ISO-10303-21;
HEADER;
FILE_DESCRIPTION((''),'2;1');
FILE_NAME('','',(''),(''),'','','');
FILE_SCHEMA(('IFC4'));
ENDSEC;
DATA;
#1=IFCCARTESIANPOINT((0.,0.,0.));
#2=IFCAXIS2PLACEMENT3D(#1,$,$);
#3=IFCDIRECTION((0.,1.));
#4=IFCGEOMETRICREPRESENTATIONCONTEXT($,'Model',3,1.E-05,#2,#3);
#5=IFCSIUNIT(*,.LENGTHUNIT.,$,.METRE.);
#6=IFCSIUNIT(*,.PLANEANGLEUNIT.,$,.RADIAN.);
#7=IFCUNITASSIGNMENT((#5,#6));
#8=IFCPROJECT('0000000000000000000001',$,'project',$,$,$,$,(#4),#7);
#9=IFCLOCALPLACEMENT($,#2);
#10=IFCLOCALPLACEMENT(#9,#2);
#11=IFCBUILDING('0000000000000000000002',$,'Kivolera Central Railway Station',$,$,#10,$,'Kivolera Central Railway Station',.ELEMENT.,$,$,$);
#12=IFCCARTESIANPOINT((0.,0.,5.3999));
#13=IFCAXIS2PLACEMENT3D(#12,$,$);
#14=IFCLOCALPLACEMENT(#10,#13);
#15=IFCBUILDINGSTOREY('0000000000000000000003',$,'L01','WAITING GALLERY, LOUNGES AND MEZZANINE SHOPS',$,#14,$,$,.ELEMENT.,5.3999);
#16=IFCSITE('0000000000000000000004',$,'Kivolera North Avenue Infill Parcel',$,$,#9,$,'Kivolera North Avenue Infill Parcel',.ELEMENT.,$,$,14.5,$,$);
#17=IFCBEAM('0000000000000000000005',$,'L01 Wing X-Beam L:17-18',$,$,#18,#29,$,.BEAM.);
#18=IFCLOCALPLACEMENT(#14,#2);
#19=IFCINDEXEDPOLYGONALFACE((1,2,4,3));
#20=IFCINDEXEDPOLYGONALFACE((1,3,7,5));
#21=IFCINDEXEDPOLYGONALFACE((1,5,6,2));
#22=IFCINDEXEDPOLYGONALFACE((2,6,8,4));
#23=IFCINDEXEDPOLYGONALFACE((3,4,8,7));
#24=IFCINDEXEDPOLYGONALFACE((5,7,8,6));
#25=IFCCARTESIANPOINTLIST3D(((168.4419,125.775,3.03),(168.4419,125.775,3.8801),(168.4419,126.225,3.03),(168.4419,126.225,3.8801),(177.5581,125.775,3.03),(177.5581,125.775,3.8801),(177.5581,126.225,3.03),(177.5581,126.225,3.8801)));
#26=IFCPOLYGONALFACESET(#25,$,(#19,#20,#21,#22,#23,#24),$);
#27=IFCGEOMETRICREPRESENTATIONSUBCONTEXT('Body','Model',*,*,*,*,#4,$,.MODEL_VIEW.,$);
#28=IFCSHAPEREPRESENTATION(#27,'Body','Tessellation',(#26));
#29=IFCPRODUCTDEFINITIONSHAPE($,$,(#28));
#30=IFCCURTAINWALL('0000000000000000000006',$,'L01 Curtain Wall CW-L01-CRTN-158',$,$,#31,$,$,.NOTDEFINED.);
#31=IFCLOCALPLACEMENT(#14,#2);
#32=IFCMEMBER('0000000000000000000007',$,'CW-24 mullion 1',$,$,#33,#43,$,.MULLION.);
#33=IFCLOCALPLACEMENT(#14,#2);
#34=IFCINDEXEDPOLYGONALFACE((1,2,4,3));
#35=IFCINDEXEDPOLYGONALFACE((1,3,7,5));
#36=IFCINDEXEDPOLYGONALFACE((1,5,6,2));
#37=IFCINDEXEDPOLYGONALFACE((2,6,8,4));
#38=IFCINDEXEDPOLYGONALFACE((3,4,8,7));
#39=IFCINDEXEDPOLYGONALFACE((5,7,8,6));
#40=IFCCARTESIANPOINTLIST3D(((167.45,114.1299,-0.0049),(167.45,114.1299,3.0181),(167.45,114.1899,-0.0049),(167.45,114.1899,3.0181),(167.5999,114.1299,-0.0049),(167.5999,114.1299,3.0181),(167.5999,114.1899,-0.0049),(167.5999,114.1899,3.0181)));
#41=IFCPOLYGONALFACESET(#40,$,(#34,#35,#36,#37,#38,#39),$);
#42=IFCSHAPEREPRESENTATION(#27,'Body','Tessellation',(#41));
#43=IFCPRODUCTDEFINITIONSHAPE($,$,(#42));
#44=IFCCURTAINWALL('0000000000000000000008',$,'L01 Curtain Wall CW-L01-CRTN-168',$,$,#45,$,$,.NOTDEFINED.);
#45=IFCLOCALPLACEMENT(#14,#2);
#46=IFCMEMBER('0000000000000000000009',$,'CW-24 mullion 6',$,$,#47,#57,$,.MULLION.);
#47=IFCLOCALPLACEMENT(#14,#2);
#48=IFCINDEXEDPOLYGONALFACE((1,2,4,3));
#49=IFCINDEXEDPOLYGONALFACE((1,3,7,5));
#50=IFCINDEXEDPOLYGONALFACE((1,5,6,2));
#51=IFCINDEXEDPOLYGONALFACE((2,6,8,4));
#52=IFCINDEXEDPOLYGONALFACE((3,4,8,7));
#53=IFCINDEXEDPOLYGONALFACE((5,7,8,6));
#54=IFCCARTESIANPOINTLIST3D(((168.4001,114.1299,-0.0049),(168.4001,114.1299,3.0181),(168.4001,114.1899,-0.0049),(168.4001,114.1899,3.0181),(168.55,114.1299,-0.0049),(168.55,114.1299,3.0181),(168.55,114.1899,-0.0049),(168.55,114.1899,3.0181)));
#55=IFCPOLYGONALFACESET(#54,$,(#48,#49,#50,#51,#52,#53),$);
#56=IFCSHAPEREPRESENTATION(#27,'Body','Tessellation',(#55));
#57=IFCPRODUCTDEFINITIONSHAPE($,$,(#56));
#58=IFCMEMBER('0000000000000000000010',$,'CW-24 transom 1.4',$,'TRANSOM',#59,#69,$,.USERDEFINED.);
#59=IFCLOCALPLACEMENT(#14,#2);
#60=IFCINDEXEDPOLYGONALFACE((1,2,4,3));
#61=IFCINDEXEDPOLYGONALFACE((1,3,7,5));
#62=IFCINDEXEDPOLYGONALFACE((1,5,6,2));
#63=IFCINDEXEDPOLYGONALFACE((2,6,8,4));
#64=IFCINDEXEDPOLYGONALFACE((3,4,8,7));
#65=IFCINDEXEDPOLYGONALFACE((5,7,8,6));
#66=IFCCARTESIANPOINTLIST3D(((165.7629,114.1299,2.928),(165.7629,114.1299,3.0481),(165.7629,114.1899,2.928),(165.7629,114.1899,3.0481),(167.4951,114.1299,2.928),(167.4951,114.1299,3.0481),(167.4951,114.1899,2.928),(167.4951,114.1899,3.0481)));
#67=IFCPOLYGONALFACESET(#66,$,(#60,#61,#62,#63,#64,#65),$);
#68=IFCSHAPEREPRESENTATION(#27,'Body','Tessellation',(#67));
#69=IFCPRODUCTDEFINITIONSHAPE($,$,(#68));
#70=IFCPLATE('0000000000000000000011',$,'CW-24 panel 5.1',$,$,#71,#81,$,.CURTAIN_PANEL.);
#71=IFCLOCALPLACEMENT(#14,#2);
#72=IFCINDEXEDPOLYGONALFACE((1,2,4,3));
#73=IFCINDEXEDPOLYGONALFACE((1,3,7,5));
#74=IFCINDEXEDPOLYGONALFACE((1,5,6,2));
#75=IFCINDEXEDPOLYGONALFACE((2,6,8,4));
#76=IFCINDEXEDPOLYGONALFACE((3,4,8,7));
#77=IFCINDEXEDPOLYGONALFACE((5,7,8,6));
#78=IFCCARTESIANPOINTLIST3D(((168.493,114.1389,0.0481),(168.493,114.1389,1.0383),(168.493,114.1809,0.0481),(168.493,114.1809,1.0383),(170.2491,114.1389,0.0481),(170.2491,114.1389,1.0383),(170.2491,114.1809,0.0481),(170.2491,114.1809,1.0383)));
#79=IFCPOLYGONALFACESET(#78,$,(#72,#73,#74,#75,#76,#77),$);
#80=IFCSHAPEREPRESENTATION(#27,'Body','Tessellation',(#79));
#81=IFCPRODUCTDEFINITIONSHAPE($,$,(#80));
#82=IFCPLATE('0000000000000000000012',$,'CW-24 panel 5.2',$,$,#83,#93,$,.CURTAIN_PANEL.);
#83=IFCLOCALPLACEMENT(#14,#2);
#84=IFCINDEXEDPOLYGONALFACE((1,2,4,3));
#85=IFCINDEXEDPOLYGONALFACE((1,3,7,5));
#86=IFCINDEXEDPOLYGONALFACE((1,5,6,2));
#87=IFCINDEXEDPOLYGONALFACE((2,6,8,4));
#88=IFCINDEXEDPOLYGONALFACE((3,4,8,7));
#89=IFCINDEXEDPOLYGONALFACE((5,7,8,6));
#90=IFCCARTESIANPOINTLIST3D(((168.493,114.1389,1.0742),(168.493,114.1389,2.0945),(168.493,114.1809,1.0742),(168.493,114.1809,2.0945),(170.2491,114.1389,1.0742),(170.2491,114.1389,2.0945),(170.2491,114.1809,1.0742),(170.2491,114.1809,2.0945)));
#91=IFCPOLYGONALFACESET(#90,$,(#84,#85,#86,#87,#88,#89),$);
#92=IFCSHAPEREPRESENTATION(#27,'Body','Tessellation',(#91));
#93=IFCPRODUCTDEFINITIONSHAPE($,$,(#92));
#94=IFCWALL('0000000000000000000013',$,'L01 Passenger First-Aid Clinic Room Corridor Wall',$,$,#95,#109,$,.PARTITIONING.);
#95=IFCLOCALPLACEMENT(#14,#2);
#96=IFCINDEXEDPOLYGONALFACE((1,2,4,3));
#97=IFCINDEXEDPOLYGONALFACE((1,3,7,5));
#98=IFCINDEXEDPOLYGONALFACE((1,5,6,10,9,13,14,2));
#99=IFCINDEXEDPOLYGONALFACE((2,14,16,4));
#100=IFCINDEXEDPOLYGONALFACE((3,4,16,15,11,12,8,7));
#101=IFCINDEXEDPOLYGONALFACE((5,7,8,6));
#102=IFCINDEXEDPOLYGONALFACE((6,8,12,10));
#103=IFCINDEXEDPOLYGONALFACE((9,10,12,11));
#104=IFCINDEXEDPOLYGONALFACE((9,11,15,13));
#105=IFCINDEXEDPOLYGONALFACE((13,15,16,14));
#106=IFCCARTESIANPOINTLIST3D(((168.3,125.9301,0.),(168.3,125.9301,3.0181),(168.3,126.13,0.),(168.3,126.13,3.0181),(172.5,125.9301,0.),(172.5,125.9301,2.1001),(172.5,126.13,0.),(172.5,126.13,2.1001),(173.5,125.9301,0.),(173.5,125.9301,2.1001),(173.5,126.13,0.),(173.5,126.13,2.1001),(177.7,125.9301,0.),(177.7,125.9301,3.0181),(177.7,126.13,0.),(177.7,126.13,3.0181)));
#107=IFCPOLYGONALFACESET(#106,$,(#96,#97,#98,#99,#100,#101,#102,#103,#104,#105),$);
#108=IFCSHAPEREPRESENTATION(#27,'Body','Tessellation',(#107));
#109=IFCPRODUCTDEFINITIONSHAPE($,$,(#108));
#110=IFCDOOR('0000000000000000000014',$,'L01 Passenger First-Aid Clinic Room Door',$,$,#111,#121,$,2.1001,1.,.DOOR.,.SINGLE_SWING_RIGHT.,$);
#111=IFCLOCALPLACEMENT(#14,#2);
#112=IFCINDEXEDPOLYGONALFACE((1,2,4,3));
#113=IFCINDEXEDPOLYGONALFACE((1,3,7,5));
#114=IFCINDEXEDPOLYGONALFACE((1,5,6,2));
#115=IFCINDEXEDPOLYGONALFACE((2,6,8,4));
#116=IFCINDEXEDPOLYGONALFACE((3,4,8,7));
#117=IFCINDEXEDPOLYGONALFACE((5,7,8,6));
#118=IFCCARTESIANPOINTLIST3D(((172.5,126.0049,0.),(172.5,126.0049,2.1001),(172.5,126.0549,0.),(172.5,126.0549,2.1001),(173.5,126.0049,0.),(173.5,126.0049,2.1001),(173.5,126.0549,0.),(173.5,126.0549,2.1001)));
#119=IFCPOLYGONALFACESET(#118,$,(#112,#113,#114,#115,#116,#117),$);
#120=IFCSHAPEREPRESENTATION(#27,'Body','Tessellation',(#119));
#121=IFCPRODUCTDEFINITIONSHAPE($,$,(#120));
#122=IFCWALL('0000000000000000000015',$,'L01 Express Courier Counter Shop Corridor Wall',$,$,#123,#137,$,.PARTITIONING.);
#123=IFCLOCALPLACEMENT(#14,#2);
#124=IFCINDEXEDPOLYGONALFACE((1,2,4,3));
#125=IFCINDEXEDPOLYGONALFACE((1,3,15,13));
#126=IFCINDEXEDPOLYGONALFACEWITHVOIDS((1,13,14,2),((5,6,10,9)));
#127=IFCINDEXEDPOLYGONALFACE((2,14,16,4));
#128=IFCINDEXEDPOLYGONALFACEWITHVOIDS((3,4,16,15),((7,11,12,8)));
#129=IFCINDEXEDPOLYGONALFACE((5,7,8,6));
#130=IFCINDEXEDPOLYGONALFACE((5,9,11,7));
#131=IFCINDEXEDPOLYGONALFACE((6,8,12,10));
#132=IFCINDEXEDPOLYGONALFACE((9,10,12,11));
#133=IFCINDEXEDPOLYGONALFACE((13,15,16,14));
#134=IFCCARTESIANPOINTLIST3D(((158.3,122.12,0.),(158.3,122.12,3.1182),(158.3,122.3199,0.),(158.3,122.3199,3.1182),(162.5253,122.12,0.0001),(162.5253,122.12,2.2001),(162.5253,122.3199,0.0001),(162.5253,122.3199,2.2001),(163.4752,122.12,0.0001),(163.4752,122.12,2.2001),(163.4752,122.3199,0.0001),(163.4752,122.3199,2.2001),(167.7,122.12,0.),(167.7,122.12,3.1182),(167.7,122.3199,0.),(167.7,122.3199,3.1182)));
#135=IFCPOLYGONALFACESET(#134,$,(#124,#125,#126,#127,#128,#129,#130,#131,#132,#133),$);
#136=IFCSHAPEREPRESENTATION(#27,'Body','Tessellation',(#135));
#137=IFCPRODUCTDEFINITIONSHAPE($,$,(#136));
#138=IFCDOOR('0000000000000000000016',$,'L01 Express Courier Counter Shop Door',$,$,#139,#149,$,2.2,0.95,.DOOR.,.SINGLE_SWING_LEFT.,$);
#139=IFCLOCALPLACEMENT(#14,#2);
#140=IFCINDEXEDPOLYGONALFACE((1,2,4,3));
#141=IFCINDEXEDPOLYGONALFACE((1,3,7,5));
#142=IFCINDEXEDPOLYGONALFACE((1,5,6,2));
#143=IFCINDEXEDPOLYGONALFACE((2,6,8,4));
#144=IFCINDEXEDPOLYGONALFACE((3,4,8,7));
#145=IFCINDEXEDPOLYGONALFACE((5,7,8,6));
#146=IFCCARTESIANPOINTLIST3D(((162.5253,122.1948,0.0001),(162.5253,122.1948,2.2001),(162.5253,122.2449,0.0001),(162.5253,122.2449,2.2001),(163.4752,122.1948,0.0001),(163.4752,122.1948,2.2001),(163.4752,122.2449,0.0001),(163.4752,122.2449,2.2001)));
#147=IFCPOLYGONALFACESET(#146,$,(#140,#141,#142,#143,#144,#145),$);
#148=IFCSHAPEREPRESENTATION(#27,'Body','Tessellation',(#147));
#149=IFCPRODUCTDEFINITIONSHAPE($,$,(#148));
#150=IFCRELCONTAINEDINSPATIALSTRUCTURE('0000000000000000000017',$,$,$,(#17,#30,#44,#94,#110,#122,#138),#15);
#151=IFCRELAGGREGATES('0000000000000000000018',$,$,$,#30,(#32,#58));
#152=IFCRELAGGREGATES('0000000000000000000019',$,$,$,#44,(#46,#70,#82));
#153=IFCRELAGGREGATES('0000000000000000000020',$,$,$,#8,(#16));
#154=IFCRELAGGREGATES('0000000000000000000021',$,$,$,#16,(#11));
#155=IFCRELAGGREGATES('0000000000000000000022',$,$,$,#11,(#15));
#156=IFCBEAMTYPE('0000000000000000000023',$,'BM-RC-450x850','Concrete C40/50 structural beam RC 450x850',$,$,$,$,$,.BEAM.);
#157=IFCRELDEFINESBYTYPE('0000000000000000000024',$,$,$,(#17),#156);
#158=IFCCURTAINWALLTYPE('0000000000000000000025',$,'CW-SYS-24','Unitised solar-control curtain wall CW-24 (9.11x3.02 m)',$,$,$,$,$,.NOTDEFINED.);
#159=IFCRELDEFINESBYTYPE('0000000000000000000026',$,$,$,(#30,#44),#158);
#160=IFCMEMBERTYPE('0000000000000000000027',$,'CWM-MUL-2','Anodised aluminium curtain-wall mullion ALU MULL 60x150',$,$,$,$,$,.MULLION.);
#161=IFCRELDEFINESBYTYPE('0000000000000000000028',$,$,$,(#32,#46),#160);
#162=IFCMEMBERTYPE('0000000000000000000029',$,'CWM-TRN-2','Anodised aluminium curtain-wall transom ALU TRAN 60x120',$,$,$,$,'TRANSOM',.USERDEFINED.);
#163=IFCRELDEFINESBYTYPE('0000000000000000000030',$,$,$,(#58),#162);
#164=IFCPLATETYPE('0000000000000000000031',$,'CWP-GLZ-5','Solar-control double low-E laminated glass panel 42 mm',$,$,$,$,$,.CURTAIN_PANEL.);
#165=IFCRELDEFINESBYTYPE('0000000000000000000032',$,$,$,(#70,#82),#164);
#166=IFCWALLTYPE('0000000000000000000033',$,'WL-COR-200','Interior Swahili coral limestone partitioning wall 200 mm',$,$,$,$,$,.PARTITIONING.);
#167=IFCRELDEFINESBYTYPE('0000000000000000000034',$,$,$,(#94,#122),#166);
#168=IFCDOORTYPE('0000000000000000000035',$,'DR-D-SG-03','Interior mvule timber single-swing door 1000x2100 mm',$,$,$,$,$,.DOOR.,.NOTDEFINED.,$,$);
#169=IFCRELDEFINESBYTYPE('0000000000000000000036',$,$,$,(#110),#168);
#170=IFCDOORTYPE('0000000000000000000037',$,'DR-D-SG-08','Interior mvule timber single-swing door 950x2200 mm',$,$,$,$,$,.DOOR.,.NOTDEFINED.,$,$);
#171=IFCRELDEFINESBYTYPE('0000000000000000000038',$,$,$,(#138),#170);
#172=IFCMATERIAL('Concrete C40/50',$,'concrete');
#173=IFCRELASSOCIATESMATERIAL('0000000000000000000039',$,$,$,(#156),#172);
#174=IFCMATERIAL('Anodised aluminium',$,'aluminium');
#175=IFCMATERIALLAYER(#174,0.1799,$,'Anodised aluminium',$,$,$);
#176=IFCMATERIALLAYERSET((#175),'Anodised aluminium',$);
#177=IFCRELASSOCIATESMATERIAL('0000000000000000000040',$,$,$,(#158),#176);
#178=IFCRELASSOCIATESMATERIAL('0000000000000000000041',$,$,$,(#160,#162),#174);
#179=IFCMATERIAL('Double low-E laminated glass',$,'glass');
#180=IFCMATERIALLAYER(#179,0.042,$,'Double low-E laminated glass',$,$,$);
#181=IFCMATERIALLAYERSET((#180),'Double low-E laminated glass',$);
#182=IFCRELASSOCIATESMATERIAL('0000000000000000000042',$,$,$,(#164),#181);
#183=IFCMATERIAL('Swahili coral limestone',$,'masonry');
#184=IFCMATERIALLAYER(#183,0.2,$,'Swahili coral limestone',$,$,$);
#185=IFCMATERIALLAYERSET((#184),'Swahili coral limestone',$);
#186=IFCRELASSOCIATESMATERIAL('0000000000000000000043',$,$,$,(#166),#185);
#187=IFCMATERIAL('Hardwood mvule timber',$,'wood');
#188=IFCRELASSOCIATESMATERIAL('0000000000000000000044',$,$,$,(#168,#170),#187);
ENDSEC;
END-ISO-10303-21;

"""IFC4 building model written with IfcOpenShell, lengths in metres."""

from ifc_helpers import new_model, si_unit, direction, frame, frame_2d, origin, origin_2d, place, context, subcontext, project, spatial, rectangle, extrude, material, layer, layer_set, material_profile, profile_set, type_object, element, fill, aggregate, save


model = new_model("IFC4")

# Units and contexts
model_context = context("Model", 3, precision=1e-05, world=origin(), true_north=direction((0.0, 1.0)))
body_context = subcontext(model_context, "Body", "Model", "MODEL_VIEW")
ifc_project = project(units=[si_unit("LENGTHUNIT", "METRE"), si_unit("PLANEANGLEUNIT", "RADIAN")], contexts=[model_context])

# Site, building, storey
site_placement = place(None, origin())
site = spatial("IfcSite", under=ifc_project, at=site_placement, Name="Kivolera North Avenue Infill Parcel", LongName="Kivolera North Avenue Infill Parcel", CompositionType="ELEMENT", RefElevation=14.5)
building_placement = place(site_placement, origin())
building = spatial("IfcBuilding", under=site, at=building_placement, Name="Kivolera Central Railway Station", LongName="Kivolera Central Railway Station", CompositionType="ELEMENT")
storey_placement = place(building_placement, frame((0.0, 0.0, 5.3999)))
storey = spatial("IfcBuildingStorey", under=building, at=storey_placement, Name="L01", Description="WAITING GALLERY, LOUNGES AND MEZZANINE SHOPS", CompositionType="ELEMENT", Elevation=5.3999)

# Shared definitions
ifc_material_1 = material(Name="Concrete C40/50", Category="concrete")

# Beam
ifc_material_profile_1 = material_profile(ifc_material_1, rectangle(XDim=0.45, YDim=0.8501, at=origin_2d()), Name="RC 450x850")
ifc_profile_set_1 = profile_set([ifc_material_profile_1], Name="Concrete C40/50")
beam_type_1 = type_object("IfcBeamType", Name="BM-RC-450x850", Description="Concrete C40/50 structural beam RC 450x850", PredefinedType="BEAM", material=ifc_profile_set_1)
for number, where, z_axis, x_axis, name in (
    (1, (168.4419, 126.0, 3.4551), (1.0, 0.0, 0.0), (0.0, 1.0, 0.0), "L01 Wing X-Beam L:17-18"),
):
    element("IfcBeam", number, at=place(storey_placement, frame(where, z_axis=z_axis, x_axis=x_axis)), inside=storey, type_object=beam_type_1, Name=name, PredefinedType="BEAM", context=body_context, shape_type="SweptSolid", body=[
        extrude(rectangle(XDim=0.45, YDim=0.8501, at=origin_2d()), origin(), (0.0, 0.0, 1.0), 9.1162),
    ])

# Curtain walls, members
ifc_material_2 = material(Name="Anodised aluminium", Category="aluminium")
ifc_layer_1 = layer(ifc_material_2, 0.1799, Name="Anodised aluminium")
ifc_layer_set_1 = layer_set([ifc_layer_1], Name="Anodised aluminium")
curtain_wall_type = type_object("IfcCurtainWallType", Name="CW-SYS-24", Description="Unitised solar-control curtain wall CW-24 (9.11x3.02 m)", PredefinedType="NOTDEFINED", material=ifc_layer_set_1)
curtain_wall_1_placement = place(storey_placement, origin())
curtain_wall_1 = element("IfcCurtainWall", 2, at=curtain_wall_1_placement, inside=storey, type_object=curtain_wall_type, Name="L01 Curtain Wall CW-L01-CRTN-158", PredefinedType="NOTDEFINED")
ifc_material_profile_2 = material_profile(ifc_material_2, rectangle(XDim=0.0601, YDim=0.1499, at=origin_2d()), Name="ALU MULL 60x150")
ifc_profile_set_2 = profile_set([ifc_material_profile_2], Name="Anodised aluminium")
member_type_1 = type_object("IfcMemberType", Name="CWM-MUL-2", Description="Anodised aluminium curtain-wall mullion ALU MULL 60x150", PredefinedType="MULLION", material=ifc_profile_set_2)
member_1_placement = place(storey_placement, frame((167.5249, 114.1599, -0.0049), z_axis=(0.0, 0.0, 1.0), x_axis=(0.0, -1.0, 0.0)))
member_1 = element("IfcMember", 3, at=member_1_placement, type_object=member_type_1, Name="CW-24 mullion 1", PredefinedType="MULLION", context=body_context, shape_type="SweptSolid", body=[
    extrude(rectangle(XDim=0.0601, YDim=0.1499, at=origin_2d()), origin(), (0.0, 0.0, 1.0), 3.0229),
])
curtain_wall_2_placement = place(storey_placement, origin())
curtain_wall_2 = element("IfcCurtainWall", 4, at=curtain_wall_2_placement, inside=storey, type_object=curtain_wall_type, Name="L01 Curtain Wall CW-L01-CRTN-168", PredefinedType="NOTDEFINED")
member_2_placement = place(storey_placement, frame((168.4751, 114.1599, -0.0049), z_axis=(0.0, 0.0, 1.0), x_axis=(0.0, -1.0, 0.0)))
member_2 = element("IfcMember", 5, at=member_2_placement, type_object=member_type_1, Name="CW-24 mullion 6", PredefinedType="MULLION", context=body_context, shape_type="SweptSolid", body=[
    extrude(rectangle(XDim=0.0601, YDim=0.1499, at=origin_2d()), origin(), (0.0, 0.0, 1.0), 3.0229),
])

# Member
ifc_material_profile_3 = material_profile(ifc_material_2, rectangle(XDim=0.0601, YDim=0.1201, at=origin_2d()), Name="ALU TRAN 60x120")
ifc_profile_set_3 = profile_set([ifc_material_profile_3], Name="Anodised aluminium")
member_type_2 = type_object("IfcMemberType", Name="CWM-TRN-2", Description="Anodised aluminium curtain-wall transom ALU TRAN 60x120", ElementType="TRANSOM", PredefinedType="USERDEFINED", material=ifc_profile_set_3)
member_3_placement = place(storey_placement, frame((167.4951, 114.1599, 2.988), z_axis=(-1.0, 0.0, 0.0), x_axis=(0.0, -1.0, 0.0)))
member_3 = element("IfcMember", 6, at=member_3_placement, type_object=member_type_2, Name="CW-24 transom 1.4", ObjectType="TRANSOM", PredefinedType="USERDEFINED", context=body_context, shape_type="SweptSolid", body=[
    extrude(rectangle(XDim=0.0601, YDim=0.1201, at=origin_2d()), origin(), (0.0, 0.0, 1.0), 1.7322),
])
aggregate(curtain_wall_1, [member_1, member_3])

# Plates
ifc_material_3 = material(Name="Double low-E laminated glass", Category="glass")
ifc_layer_2 = layer(ifc_material_3, 0.042, Name="Double low-E laminated glass")
ifc_layer_set_2 = layer_set([ifc_layer_2], Name="Double low-E laminated glass")
plate_type = type_object("IfcPlateType", Name="CWP-GLZ-5", Description="Solar-control double low-E laminated glass panel 42 mm", PredefinedType="CURTAIN_PANEL", material=ifc_layer_set_2)
plate_1_placement = place(storey_placement, frame((169.3711, 114.1599, 0.0481), z_axis=(0.0, 0.0, 1.0), x_axis=(-1.0, 0.0, 0.0)))
plate_1 = element("IfcPlate", 7, at=plate_1_placement, type_object=plate_type, Name="CW-24 panel 5.1", PredefinedType="CURTAIN_PANEL", context=body_context, shape_type="SweptSolid", body=[
    extrude(rectangle(XDim=1.7561, YDim=0.042, at=origin_2d()), origin(), (0.0, 0.0, 1.0), 0.9902),
])
plate_2_placement = place(storey_placement, frame((169.3711, 114.1599, 1.0742), z_axis=(0.0, 0.0, 1.0), x_axis=(-1.0, 0.0, 0.0)))
plate_2 = element("IfcPlate", 8, at=plate_2_placement, type_object=plate_type, Name="CW-24 panel 5.2", PredefinedType="CURTAIN_PANEL", context=body_context, shape_type="SweptSolid", body=[
    extrude(rectangle(XDim=1.7561, YDim=0.042, at=origin_2d()), origin(), (0.0, 0.0, 1.0), 1.0203),
])
aggregate(curtain_wall_2, [member_2, plate_1, plate_2])

# Walls, openings, doors
ifc_material_4 = material(Name="Swahili coral limestone", Category="masonry")
ifc_layer_3 = layer(ifc_material_4, 0.2, Name="Swahili coral limestone")
ifc_layer_set_3 = layer_set([ifc_layer_3], Name="Swahili coral limestone")
wall_type_1 = type_object("IfcWallType", Name="WL-COR-200", Description="Interior Swahili coral limestone partitioning wall 200 mm", PredefinedType="PARTITIONING", material=ifc_layer_set_3)
wall_1_placement = place(storey_placement, frame((168.3, 126.03, 0.0), z_axis=(0.0, 0.0, 1.0), x_axis=(1.0, 0.0, 0.0)))
wall_1 = element("IfcWall", 9, at=wall_1_placement, inside=storey, type_object=wall_type_1, Name="L01 Passenger First-Aid Clinic Room Corridor Wall", PredefinedType="PARTITIONING", context=body_context, shape_type="SweptSolid", body=[
    extrude(rectangle(XDim=9.3999, YDim=0.2, at=frame_2d((4.7, 0.0))), origin(), (0.0, 0.0, 1.0), 3.0181),
])
opening_1_placement = place(wall_1_placement, frame((4.2, 0.0, 0.0)))
opening_1 = element("IfcOpeningElement", 10, at=opening_1_placement, cuts=wall_1, PredefinedType="OPENING", context=body_context, shape_type="SweptSolid", body=[
    extrude(rectangle(XDim=1.0, YDim=2.1001, at=frame_2d((0.5, 1.05))), frame((0.0, 0.1099, 0.0), z_axis=(0.0, -1.0, 0.0), x_axis=(1.0, 0.0, 0.0)), (0.0, 0.0, 1.0), 0.22),
])
ifc_material_5 = material(Name="Hardwood mvule timber", Category="wood")
door_type_1 = type_object("IfcDoorType", Name="DR-D-SG-03", Description="Interior mvule timber single-swing door 1000x2100 mm", OperationType="NOTDEFINED", PredefinedType="DOOR", material=ifc_material_5)
door_1_placement = place(opening_1_placement, origin())
door_1 = element("IfcDoor", 11, at=door_1_placement, inside=storey, type_object=door_type_1, Name="L01 Passenger First-Aid Clinic Room Door", OperationType="SINGLE_SWING_RIGHT", OverallHeight=2.1001, OverallWidth=1.0, PredefinedType="DOOR", context=body_context, shape_type="SweptSolid", body=[
    extrude(rectangle(XDim=1.0, YDim=2.1001, at=frame_2d((0.5, 1.05))), frame((0.0, 0.0249, 0.0), z_axis=(0.0, -1.0, 0.0), x_axis=(1.0, 0.0, 0.0)), (0.0, 0.0, 1.0), 0.05),
])
fill(opening_1, door_1)
wall_2_placement = place(storey_placement, frame((158.3, 122.22, 0.0), z_axis=(0.0, 0.0, 1.0), x_axis=(1.0, 0.0, 0.0)))
wall_2 = element("IfcWall", 12, at=wall_2_placement, inside=storey, type_object=wall_type_1, Name="L01 Express Courier Counter Shop Corridor Wall", PredefinedType="PARTITIONING", context=body_context, shape_type="SweptSolid", body=[
    extrude(rectangle(XDim=9.3999, YDim=0.2, at=frame_2d((4.7, 0.0))), origin(), (0.0, 0.0, 1.0), 3.1182),
])
opening_2_placement = place(wall_2_placement, frame((4.2251, 0.0, 0.0)))
opening_2 = element("IfcOpeningElement", 13, at=opening_2_placement, cuts=wall_2, PredefinedType="OPENING", context=body_context, shape_type="SweptSolid", body=[
    extrude(rectangle(XDim=0.95, YDim=2.2, at=frame_2d((0.4751, 1.1001))), frame((0.0, 0.1099, 0.0), z_axis=(0.0, -1.0, 0.0), x_axis=(1.0, 0.0, 0.0)), (0.0, 0.0, 1.0), 0.22),
])
door_type_2 = type_object("IfcDoorType", Name="DR-D-SG-08", Description="Interior mvule timber single-swing door 950x2200 mm", OperationType="NOTDEFINED", PredefinedType="DOOR", material=ifc_material_5)
door_2_placement = place(opening_2_placement, origin())
door_2 = element("IfcDoor", 14, at=door_2_placement, inside=storey, type_object=door_type_2, Name="L01 Express Courier Counter Shop Door", OperationType="SINGLE_SWING_LEFT", OverallHeight=2.2, OverallWidth=0.95, PredefinedType="DOOR", context=body_context, shape_type="SweptSolid", body=[
    extrude(rectangle(XDim=0.95, YDim=2.2, at=frame_2d((0.4751, 1.1001))), frame((0.0, 0.0249, 0.0), z_axis=(0.0, -1.0, 0.0), x_axis=(1.0, 0.0, 0.0)), (0.0, 0.0, 1.0), 0.05),
])
fill(opening_2, door_2)

save(model, "model.ifc")
